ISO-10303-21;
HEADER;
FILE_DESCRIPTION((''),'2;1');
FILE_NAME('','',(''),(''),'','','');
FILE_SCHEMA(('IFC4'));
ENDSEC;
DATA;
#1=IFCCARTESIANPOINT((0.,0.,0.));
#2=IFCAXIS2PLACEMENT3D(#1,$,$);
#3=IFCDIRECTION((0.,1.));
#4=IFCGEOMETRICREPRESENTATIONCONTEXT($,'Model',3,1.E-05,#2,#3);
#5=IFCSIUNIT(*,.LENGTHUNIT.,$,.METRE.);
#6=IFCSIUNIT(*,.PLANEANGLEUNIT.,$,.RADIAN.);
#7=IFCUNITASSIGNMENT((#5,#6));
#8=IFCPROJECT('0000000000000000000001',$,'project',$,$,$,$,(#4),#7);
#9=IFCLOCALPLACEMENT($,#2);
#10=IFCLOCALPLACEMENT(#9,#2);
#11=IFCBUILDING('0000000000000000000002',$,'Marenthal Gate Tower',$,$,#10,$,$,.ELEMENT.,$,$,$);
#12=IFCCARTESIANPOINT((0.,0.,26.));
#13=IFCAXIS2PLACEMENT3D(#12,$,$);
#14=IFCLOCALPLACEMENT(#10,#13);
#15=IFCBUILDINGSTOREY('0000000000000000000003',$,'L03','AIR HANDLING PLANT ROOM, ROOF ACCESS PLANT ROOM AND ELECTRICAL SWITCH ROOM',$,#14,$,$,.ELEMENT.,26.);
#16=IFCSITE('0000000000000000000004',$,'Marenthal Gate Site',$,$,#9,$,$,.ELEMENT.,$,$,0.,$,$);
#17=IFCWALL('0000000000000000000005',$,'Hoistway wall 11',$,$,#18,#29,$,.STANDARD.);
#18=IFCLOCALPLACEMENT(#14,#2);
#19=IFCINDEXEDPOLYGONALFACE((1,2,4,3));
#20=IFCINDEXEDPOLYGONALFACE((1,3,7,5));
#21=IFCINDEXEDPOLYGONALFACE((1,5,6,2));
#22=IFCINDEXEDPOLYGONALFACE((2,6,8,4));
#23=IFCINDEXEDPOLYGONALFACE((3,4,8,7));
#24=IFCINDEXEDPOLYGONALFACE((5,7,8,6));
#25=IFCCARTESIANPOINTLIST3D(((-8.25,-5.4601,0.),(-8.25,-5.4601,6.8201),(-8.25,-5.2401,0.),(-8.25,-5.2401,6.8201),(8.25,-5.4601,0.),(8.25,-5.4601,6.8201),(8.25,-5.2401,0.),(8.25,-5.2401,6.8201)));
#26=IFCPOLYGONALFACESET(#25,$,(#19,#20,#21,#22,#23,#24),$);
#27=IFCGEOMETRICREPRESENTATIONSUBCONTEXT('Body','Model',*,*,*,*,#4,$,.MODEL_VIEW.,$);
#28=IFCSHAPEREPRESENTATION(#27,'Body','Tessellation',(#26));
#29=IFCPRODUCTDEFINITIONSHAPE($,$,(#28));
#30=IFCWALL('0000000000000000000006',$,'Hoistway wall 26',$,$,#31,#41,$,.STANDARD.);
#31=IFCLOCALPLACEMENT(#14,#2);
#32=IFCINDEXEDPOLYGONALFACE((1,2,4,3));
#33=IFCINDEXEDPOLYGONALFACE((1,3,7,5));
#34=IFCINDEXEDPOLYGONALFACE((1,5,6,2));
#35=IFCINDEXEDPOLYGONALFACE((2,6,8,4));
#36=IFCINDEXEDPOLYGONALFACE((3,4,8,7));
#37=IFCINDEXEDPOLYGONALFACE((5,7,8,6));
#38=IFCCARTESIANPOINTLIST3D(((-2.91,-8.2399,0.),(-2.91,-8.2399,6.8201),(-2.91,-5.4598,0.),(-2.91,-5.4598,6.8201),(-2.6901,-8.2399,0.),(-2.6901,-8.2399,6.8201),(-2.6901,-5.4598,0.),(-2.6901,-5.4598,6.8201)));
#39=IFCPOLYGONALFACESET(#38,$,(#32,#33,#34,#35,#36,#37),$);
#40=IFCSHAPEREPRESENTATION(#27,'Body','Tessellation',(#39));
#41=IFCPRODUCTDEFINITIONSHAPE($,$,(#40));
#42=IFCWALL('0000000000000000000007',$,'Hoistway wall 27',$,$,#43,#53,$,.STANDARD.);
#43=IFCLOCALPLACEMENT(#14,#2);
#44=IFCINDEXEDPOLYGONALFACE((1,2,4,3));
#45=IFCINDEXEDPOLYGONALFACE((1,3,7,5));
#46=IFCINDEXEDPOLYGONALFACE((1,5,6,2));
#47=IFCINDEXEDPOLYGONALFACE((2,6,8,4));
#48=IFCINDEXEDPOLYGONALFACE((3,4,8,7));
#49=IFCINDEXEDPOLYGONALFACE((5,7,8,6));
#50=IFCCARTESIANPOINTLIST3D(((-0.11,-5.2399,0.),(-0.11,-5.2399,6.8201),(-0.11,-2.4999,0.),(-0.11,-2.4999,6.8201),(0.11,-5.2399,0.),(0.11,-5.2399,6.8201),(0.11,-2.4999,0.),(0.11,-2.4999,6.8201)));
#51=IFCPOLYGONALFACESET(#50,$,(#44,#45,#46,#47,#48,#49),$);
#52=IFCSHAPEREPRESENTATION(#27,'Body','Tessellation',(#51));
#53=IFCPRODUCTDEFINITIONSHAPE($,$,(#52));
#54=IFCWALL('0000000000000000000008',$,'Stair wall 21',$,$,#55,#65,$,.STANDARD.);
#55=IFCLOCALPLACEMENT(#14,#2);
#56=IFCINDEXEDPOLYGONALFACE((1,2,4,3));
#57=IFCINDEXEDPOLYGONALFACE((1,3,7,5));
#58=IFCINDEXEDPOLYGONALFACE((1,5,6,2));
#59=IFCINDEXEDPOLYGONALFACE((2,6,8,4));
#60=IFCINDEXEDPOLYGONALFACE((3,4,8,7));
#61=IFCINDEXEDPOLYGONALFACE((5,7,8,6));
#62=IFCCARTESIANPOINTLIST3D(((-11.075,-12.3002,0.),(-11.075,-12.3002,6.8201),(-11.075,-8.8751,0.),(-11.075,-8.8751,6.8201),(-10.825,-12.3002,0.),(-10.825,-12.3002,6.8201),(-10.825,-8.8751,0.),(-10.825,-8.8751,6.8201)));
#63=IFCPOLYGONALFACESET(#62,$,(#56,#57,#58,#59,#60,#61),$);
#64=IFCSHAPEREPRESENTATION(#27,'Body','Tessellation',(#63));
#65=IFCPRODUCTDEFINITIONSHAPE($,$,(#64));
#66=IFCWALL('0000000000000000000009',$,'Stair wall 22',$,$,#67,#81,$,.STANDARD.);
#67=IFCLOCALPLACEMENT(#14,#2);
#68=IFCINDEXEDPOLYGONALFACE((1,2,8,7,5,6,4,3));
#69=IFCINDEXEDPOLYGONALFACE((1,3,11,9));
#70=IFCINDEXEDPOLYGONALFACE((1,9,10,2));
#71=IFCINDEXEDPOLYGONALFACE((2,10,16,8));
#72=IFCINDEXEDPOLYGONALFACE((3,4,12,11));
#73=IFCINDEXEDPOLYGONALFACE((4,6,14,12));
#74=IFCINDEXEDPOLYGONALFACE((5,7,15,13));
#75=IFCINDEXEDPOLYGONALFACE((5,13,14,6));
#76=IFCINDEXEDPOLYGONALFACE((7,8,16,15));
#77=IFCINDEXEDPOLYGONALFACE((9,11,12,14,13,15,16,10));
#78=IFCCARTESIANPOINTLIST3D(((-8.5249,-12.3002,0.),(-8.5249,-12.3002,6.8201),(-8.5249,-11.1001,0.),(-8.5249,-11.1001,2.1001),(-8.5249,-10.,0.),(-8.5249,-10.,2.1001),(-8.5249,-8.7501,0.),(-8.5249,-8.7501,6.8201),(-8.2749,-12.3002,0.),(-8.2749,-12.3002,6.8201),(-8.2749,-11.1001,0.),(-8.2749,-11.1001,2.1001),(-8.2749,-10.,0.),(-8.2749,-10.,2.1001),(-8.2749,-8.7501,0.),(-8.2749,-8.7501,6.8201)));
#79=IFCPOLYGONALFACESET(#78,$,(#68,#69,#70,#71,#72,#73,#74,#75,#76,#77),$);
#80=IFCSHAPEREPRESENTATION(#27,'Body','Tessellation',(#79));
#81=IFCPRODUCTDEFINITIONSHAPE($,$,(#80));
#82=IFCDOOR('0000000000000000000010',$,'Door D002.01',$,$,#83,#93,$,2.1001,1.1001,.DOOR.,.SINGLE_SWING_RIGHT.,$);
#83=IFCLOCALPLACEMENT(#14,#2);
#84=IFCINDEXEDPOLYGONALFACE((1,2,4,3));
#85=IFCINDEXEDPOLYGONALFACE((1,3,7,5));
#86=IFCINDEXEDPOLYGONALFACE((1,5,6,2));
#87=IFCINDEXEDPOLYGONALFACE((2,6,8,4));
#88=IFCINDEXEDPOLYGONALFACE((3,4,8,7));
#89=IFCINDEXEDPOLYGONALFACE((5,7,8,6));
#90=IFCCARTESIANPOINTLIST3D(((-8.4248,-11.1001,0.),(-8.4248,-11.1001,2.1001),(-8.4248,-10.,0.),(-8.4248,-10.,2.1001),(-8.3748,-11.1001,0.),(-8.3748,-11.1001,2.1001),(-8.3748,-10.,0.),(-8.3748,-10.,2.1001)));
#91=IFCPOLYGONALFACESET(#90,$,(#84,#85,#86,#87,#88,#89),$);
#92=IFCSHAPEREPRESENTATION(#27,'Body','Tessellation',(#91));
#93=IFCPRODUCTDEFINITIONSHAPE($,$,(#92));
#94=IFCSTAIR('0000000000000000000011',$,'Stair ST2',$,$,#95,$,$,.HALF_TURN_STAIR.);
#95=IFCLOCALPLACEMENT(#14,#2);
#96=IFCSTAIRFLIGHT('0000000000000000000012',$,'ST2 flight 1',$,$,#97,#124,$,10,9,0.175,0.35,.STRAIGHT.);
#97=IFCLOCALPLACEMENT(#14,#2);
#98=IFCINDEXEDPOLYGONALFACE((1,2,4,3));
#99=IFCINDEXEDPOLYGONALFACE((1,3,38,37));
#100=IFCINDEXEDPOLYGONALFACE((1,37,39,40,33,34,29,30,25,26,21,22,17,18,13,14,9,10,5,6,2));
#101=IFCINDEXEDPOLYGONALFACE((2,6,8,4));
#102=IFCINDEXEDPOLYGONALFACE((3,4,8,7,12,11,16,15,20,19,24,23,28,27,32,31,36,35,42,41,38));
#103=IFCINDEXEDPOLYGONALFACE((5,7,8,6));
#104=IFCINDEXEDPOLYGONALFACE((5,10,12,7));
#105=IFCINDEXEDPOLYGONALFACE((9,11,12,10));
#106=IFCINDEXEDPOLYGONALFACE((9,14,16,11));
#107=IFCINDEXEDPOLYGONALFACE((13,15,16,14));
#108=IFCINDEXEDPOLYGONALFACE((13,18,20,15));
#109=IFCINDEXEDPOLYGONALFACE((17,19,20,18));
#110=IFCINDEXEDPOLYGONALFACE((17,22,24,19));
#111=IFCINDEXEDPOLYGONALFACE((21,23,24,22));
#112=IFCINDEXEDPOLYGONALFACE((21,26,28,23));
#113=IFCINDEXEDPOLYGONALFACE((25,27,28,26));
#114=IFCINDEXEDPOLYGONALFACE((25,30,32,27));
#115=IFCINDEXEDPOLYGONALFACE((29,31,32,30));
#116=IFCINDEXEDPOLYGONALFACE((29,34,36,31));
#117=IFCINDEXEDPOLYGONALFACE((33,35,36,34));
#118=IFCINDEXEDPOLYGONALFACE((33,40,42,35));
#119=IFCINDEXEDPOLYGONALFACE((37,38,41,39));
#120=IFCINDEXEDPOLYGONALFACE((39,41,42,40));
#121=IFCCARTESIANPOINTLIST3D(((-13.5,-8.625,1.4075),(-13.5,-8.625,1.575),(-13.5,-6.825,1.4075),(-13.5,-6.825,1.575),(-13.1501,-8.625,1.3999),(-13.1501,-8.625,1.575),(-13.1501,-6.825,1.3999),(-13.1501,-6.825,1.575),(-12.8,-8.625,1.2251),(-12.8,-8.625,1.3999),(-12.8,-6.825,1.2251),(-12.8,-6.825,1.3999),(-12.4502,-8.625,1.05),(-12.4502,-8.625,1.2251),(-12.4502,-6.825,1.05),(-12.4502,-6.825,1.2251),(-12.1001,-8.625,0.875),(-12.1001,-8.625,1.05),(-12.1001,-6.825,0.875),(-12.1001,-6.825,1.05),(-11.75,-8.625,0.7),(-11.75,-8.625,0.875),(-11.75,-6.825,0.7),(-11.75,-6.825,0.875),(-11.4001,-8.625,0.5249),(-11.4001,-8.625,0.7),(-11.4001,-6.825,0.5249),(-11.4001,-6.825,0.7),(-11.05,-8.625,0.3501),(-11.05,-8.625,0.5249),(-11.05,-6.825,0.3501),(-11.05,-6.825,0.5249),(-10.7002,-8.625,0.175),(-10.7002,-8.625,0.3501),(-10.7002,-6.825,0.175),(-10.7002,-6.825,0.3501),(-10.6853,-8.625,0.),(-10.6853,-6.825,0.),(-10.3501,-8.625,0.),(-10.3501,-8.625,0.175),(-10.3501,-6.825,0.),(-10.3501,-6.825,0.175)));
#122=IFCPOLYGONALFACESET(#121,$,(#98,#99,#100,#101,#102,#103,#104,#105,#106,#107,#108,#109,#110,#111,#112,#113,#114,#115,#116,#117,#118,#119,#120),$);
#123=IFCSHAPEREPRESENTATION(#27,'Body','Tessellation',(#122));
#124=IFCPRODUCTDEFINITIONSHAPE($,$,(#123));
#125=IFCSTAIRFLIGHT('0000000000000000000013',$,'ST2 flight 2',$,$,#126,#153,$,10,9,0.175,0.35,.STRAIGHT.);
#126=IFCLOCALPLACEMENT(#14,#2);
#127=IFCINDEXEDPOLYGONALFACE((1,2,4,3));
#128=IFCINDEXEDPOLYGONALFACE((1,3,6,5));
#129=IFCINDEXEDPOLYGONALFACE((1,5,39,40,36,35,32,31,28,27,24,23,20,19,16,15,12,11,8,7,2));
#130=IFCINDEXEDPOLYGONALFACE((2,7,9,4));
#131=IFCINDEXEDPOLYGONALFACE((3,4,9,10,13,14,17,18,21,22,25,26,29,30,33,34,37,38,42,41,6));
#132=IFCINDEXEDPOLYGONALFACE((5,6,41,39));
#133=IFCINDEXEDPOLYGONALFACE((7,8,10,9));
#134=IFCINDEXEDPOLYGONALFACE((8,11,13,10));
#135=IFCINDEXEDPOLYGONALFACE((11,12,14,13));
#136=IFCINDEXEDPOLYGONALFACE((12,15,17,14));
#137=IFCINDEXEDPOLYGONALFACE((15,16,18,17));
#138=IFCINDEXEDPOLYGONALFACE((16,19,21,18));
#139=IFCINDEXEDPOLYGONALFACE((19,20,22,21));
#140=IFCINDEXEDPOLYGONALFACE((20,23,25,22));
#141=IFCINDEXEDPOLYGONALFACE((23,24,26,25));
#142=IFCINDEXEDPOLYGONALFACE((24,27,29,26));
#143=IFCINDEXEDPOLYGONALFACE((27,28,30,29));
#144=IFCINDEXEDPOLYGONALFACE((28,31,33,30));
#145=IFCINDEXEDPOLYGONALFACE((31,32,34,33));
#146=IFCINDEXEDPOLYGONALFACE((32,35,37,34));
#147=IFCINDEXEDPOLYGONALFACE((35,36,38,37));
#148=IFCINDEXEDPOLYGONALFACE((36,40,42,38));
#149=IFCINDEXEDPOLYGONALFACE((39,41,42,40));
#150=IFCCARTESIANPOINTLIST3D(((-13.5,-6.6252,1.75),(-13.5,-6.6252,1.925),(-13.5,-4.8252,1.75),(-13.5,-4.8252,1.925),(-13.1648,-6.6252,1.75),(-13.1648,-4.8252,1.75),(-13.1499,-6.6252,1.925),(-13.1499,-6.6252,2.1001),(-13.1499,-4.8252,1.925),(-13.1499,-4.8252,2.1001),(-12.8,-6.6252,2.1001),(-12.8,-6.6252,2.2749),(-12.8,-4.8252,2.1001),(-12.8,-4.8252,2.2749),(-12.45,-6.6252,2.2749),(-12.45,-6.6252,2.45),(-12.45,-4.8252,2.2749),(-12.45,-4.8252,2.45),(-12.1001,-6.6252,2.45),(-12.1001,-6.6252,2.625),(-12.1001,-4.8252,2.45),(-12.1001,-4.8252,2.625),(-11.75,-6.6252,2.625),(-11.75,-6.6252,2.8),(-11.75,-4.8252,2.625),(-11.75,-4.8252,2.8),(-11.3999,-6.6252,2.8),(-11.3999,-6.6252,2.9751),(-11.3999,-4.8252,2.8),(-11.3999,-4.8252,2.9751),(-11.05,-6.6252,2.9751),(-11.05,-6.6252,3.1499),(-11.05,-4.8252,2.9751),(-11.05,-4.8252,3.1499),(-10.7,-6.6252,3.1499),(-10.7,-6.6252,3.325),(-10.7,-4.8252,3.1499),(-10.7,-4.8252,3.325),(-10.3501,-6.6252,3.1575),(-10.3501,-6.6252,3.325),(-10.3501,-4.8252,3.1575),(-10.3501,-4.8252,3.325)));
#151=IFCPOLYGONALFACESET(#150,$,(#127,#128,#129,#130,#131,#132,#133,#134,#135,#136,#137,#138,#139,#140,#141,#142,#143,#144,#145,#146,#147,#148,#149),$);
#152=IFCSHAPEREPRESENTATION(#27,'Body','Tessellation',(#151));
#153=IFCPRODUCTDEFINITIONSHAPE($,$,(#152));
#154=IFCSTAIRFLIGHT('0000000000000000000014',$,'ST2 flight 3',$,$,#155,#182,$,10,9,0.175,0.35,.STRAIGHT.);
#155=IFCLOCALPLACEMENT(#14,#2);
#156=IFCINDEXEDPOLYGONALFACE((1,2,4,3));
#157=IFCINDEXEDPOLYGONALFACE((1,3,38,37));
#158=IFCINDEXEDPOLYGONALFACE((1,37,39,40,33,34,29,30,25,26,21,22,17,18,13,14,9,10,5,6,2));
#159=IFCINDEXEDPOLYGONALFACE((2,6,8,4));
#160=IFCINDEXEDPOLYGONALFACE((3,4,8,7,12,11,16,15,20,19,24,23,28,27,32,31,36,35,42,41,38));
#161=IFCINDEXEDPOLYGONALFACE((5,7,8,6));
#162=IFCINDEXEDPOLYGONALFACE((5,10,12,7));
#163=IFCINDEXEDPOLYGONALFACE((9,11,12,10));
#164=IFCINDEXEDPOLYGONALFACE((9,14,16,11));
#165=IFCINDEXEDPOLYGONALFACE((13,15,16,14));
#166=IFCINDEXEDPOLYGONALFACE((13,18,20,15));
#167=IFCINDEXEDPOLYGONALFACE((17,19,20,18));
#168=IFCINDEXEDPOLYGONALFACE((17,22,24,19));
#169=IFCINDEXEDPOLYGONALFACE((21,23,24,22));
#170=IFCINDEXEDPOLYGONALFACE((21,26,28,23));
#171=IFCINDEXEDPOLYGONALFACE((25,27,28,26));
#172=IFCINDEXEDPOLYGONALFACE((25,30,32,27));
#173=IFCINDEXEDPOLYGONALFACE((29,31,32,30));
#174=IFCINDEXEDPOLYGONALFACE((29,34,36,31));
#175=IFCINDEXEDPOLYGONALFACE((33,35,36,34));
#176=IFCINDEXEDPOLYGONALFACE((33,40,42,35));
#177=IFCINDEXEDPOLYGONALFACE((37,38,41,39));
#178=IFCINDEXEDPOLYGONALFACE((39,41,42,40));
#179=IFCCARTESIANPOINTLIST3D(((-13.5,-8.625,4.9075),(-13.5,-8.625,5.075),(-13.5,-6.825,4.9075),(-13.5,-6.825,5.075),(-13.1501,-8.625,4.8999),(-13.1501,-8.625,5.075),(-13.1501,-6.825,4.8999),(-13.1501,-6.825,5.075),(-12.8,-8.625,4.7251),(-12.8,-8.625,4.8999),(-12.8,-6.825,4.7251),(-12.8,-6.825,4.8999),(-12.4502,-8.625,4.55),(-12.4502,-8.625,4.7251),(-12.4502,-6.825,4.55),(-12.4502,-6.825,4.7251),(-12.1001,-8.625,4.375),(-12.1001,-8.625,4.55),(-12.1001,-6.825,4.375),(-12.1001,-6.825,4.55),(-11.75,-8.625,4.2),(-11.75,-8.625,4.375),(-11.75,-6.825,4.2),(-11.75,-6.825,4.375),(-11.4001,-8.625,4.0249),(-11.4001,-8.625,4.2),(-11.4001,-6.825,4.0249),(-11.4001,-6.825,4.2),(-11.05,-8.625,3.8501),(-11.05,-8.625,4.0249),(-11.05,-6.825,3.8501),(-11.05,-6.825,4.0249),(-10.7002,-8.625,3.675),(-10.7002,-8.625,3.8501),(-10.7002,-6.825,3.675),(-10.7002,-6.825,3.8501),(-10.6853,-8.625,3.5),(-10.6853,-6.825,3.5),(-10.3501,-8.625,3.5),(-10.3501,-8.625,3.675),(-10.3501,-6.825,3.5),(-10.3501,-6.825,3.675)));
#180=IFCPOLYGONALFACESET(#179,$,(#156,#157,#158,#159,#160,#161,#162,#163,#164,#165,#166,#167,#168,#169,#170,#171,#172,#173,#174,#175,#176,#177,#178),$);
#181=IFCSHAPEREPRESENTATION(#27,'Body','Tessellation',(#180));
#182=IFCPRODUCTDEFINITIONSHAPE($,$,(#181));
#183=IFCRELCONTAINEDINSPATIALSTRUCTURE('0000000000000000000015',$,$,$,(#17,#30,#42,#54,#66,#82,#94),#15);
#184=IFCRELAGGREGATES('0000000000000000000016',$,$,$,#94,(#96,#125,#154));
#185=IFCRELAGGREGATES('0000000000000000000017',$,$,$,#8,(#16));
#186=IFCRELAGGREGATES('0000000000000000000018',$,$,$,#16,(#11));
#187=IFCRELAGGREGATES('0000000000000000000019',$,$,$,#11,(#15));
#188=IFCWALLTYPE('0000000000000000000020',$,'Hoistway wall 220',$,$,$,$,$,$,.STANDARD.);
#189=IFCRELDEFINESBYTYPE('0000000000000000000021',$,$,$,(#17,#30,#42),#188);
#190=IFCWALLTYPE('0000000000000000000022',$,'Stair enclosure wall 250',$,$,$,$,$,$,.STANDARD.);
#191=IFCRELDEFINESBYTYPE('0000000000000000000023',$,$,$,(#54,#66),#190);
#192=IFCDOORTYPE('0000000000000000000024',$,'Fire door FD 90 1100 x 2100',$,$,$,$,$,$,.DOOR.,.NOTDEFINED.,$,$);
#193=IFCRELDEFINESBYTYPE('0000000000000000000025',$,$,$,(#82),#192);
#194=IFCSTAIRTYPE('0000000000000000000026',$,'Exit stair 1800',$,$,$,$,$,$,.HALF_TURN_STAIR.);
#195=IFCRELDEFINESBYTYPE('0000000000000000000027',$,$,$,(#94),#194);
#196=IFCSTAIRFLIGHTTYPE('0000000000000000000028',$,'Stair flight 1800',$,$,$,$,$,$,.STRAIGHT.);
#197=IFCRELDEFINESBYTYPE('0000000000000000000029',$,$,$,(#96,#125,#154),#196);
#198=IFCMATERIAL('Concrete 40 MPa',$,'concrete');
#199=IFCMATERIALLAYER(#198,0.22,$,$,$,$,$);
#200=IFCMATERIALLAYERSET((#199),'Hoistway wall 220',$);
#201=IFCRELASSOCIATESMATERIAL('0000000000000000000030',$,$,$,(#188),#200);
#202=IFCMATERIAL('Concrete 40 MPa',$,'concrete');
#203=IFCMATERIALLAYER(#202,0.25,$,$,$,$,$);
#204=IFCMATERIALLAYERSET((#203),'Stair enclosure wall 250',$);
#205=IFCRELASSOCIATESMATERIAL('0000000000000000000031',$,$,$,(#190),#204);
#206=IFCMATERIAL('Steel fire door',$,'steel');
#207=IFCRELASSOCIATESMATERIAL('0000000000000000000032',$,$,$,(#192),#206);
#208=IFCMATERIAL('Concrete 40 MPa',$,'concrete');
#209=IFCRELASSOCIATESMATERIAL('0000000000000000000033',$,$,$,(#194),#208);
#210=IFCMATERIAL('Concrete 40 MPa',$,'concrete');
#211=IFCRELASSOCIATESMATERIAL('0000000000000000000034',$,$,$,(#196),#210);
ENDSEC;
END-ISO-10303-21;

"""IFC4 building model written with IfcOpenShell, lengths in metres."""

from ifc_helpers import new_model, si_unit, direction, frame, frame_2d, origin, place, context, subcontext, project, spatial, polyline, rectangle, outline, extrude, material, layer, layer_set, type_object, element, fill, aggregate, save


model = new_model("IFC4")

# Units and contexts
model_context = context("Model", 3, precision=1e-05, world=origin(), true_north=direction((0.0, 1.0)))
body_context = subcontext(model_context, "Body", "Model", "MODEL_VIEW")
ifc_project = project(units=[si_unit("LENGTHUNIT", "METRE"), si_unit("PLANEANGLEUNIT", "RADIAN")], contexts=[model_context])

# Site, building, storey
site_placement = place(None, origin())
site = spatial("IfcSite", under=ifc_project, at=site_placement, Name="Marenthal Gate Site", CompositionType="ELEMENT", RefElevation=0.0)
building_placement = place(site_placement, origin())
building = spatial("IfcBuilding", under=site, at=building_placement, Name="Marenthal Gate Tower", CompositionType="ELEMENT")
storey_placement = place(building_placement, frame((0.0, 0.0, 26.0)))
storey = spatial("IfcBuildingStorey", under=building, at=storey_placement, Name="L03", Description="AIR HANDLING PLANT ROOM, ROOF ACCESS PLANT ROOM AND ELECTRICAL SWITCH ROOM", CompositionType="ELEMENT", Elevation=26.0)

# Shared definitions
ifc_material_1 = material(Name="Concrete 40 MPa", Category="concrete")
ifc_layer_1 = layer(ifc_material_1, 0.22)
ifc_layer_set_1 = layer_set([ifc_layer_1], Name="Hoistway wall 220")
wall_type_1 = type_object("IfcWallType", Name="Hoistway wall 220", PredefinedType="STANDARD", material=ifc_layer_set_1)

# Walls
wall_1_placement = place(storey_placement, frame((-8.25, -5.3501, 0.0), z_axis=(0.0, 0.0, 1.0), x_axis=(1.0, 0.0, 0.0)))
element("IfcWall", 1, at=wall_1_placement, inside=storey, type_object=wall_type_1, Name="Hoistway wall 11", PredefinedType="STANDARD", context=body_context, shape_type="SweptSolid", body=[
    extrude(rectangle(XDim=16.5, YDim=0.22, at=frame_2d((8.25, 0.0))), origin(), (0.0, 0.0, 1.0), 6.8201),
])
wall_2_placement = place(storey_placement, frame((-2.8, -8.24, 0.0), z_axis=(0.0, 0.0, 1.0), x_axis=(0.0, 1.0, 0.0)))
element("IfcWall", 2, at=wall_2_placement, inside=storey, type_object=wall_type_1, Name="Hoistway wall 26", PredefinedType="STANDARD", context=body_context, shape_type="SweptSolid", body=[
    extrude(rectangle(XDim=2.78, YDim=0.22, at=frame_2d((1.3901, 0.0))), origin(), (0.0, 0.0, 1.0), 6.8201),
])
wall_3_placement = place(storey_placement, frame((0.0, -5.24, 0.0), z_axis=(0.0, 0.0, 1.0), x_axis=(0.0, 1.0, 0.0)))
element("IfcWall", 3, at=wall_3_placement, inside=storey, type_object=wall_type_1, Name="Hoistway wall 27", PredefinedType="STANDARD", context=body_context, shape_type="SweptSolid", body=[
    extrude(rectangle(XDim=2.74, YDim=0.22, at=frame_2d((1.3701, 0.0))), origin(), (0.0, 0.0, 1.0), 6.8201),
])
ifc_material_2 = material(Name="Concrete 40 MPa", Category="concrete")
ifc_layer_2 = layer(ifc_material_2, 0.25)
ifc_layer_set_2 = layer_set([ifc_layer_2], Name="Stair enclosure wall 250")
wall_type_2 = type_object("IfcWallType", Name="Stair enclosure wall 250", PredefinedType="STANDARD", material=ifc_layer_set_2)
wall_4_placement = place(storey_placement, frame((-10.95, -12.3, 0.0), z_axis=(0.0, 0.0, 1.0), x_axis=(0.0, 1.0, 0.0)))
element("IfcWall", 4, at=wall_4_placement, inside=storey, type_object=wall_type_2, Name="Stair wall 21", PredefinedType="STANDARD", context=body_context, shape_type="SweptSolid", body=[
    extrude(rectangle(XDim=3.425, YDim=0.25, at=frame_2d((1.7124, 0.0))), origin(), (0.0, 0.0, 1.0), 6.8201),
])

# Wall, opening, door
wall_5_placement = place(storey_placement, frame((-8.3999, -12.3, 0.0), z_axis=(0.0, 0.0, 1.0), x_axis=(0.0, 1.0, 0.0)))
wall_5 = element("IfcWall", 5, at=wall_5_placement, inside=storey, type_object=wall_type_2, Name="Stair wall 22", PredefinedType="STANDARD", context=body_context, shape_type="SweptSolid", body=[
    extrude(rectangle(XDim=3.55, YDim=0.25, at=frame_2d((1.7749, 0.0))), origin(), (0.0, 0.0, 1.0), 6.8201),
])
opening_1_placement = place(wall_5_placement, frame((1.2, 0.0, 0.0)))
opening_1 = element("IfcOpeningElement", 6, at=opening_1_placement, cuts=wall_5, PredefinedType="OPENING", context=body_context, shape_type="SweptSolid", body=[
    extrude(rectangle(XDim=1.1001, YDim=2.1001, at=frame_2d((0.55, 1.05))), frame((0.0, 0.135, 0.0), z_axis=(0.0, -1.0, 0.0), x_axis=(1.0, 0.0, 0.0)), (0.0, 0.0, 1.0), 0.27),
])
ifc_material_3 = material(Name="Steel fire door", Category="steel")
door_type_1 = type_object("IfcDoorType", Name="Fire door FD 90 1100 x 2100", OperationType="NOTDEFINED", PredefinedType="DOOR", material=ifc_material_3)
door_1_placement = place(opening_1_placement, origin())
door_1 = element("IfcDoor", 7, at=door_1_placement, inside=storey, type_object=door_type_1, Name="Door D002.01", OperationType="SINGLE_SWING_RIGHT", OverallHeight=2.1001, OverallWidth=1.1001, PredefinedType="DOOR", context=body_context, shape_type="SweptSolid", body=[
    extrude(rectangle(XDim=1.1001, YDim=2.1001, at=frame_2d((0.55, 1.05))), frame((0.0, 0.0249, 0.0), z_axis=(0.0, -1.0, 0.0), x_axis=(1.0, 0.0, 0.0)), (0.0, 0.0, 1.0), 0.05),
])
fill(opening_1, door_1)

# Stair, stair flights
ifc_material_4 = material(Name="Concrete 40 MPa", Category="concrete")
stair_type = type_object("IfcStairType", Name="Exit stair 1800", PredefinedType="HALF_TURN_STAIR", material=ifc_material_4)
stair_placement = place(storey_placement, origin())
stair = element("IfcStair", 8, at=stair_placement, inside=storey, type_object=stair_type, Name="Stair ST2", PredefinedType="HALF_TURN_STAIR")
ifc_material_5 = material(Name="Concrete 40 MPa", Category="concrete")
stair_flight_type = type_object("IfcStairFlightType", Name="Stair flight 1800", PredefinedType="STRAIGHT", material=ifc_material_5)
stair_flight_1_placement = place(storey_placement, frame((-10.3501, -7.7251, 0.0), z_axis=(0.0, 0.0, 1.0), x_axis=(-1.0, 0.0, 0.0)))
stair_flight_1 = element("IfcStairFlight", 9, at=stair_flight_1_placement, type_object=stair_flight_type, Name="ST2 flight 1", NumberOfRisers=10, NumberOfTreads=9, PredefinedType="STRAIGHT", RiserHeight=0.175, TreadLength=0.35, context=body_context, shape_type="SweptSolid", body=[
    extrude(outline(polyline([(0.0, 0.0), (0.0, 0.175), (0.3501, 0.175), (0.3501, 0.3501), (0.7, 0.3501), (0.7, 0.5249), (1.05, 0.5249), (1.05, 0.7), (1.3999, 0.7), (1.3999, 0.875), (1.75, 0.875), (1.75, 1.05), (2.1001, 1.05), (2.1001, 1.2251), (2.45, 1.2251), (2.45, 1.3999), (2.8, 1.3999), (2.8, 1.575), (3.1499, 1.575), (3.1499, 1.75), (3.1499, 1.4075), (0.3352, 0.0), (0.0, 0.0)])), frame((0.0, 0.8999, 0.0), z_axis=(0.0, -1.0, 0.0), x_axis=(1.0, 0.0, 0.0)), (0.0, 0.0, 1.0), 1.8),
])
stair_flight_2_placement = place(storey_placement, frame((-13.5, -5.7251, 1.75), z_axis=(0.0, 0.0, 1.0), x_axis=(1.0, 0.0, 0.0)))
stair_flight_2 = element("IfcStairFlight", 10, at=stair_flight_2_placement, type_object=stair_flight_type, Name="ST2 flight 2", NumberOfRisers=10, NumberOfTreads=9, PredefinedType="STRAIGHT", RiserHeight=0.175, TreadLength=0.35, context=body_context, shape_type="SweptSolid", body=[
    extrude(outline(polyline([(0.0, 0.0), (0.0, 0.175), (0.3501, 0.175), (0.3501, 0.3501), (0.7, 0.3501), (0.7, 0.5249), (1.05, 0.5249), (1.05, 0.7), (1.3999, 0.7), (1.3999, 0.875), (1.75, 0.875), (1.75, 1.05), (2.1001, 1.05), (2.1001, 1.2251), (2.45, 1.2251), (2.45, 1.3999), (2.8, 1.3999), (2.8, 1.575), (3.1499, 1.575), (3.1499, 1.75), (3.1499, 1.4075), (0.3352, 0.0), (0.0, 0.0)])), frame((0.0, 0.8999, 0.0), z_axis=(0.0, -1.0, 0.0), x_axis=(1.0, 0.0, 0.0)), (0.0, 0.0, 1.0), 1.8),
])
stair_flight_3_placement = place(storey_placement, frame((-10.3501, -7.7251, 3.5), z_axis=(0.0, 0.0, 1.0), x_axis=(-1.0, 0.0, 0.0)))
stair_flight_3 = element("IfcStairFlight", 11, at=stair_flight_3_placement, type_object=stair_flight_type, Name="ST2 flight 3", NumberOfRisers=10, NumberOfTreads=9, PredefinedType="STRAIGHT", RiserHeight=0.175, TreadLength=0.35, context=body_context, shape_type="SweptSolid", body=[
    extrude(outline(polyline([(0.0, 0.0), (0.0, 0.175), (0.3501, 0.175), (0.3501, 0.3501), (0.7, 0.3501), (0.7, 0.5249), (1.05, 0.5249), (1.05, 0.7), (1.3999, 0.7), (1.3999, 0.875), (1.75, 0.875), (1.75, 1.05), (2.1001, 1.05), (2.1001, 1.2251), (2.45, 1.2251), (2.45, 1.3999), (2.8, 1.3999), (2.8, 1.575), (3.1499, 1.575), (3.1499, 1.75), (3.1499, 1.4075), (0.3352, 0.0), (0.0, 0.0)])), frame((0.0, 0.8999, 0.0), z_axis=(0.0, -1.0, 0.0), x_axis=(1.0, 0.0, 0.0)), (0.0, 0.0, 1.0), 1.8),
])
aggregate(stair, [stair_flight_1, stair_flight_2, stair_flight_3])

save(model, "model.ifc")
